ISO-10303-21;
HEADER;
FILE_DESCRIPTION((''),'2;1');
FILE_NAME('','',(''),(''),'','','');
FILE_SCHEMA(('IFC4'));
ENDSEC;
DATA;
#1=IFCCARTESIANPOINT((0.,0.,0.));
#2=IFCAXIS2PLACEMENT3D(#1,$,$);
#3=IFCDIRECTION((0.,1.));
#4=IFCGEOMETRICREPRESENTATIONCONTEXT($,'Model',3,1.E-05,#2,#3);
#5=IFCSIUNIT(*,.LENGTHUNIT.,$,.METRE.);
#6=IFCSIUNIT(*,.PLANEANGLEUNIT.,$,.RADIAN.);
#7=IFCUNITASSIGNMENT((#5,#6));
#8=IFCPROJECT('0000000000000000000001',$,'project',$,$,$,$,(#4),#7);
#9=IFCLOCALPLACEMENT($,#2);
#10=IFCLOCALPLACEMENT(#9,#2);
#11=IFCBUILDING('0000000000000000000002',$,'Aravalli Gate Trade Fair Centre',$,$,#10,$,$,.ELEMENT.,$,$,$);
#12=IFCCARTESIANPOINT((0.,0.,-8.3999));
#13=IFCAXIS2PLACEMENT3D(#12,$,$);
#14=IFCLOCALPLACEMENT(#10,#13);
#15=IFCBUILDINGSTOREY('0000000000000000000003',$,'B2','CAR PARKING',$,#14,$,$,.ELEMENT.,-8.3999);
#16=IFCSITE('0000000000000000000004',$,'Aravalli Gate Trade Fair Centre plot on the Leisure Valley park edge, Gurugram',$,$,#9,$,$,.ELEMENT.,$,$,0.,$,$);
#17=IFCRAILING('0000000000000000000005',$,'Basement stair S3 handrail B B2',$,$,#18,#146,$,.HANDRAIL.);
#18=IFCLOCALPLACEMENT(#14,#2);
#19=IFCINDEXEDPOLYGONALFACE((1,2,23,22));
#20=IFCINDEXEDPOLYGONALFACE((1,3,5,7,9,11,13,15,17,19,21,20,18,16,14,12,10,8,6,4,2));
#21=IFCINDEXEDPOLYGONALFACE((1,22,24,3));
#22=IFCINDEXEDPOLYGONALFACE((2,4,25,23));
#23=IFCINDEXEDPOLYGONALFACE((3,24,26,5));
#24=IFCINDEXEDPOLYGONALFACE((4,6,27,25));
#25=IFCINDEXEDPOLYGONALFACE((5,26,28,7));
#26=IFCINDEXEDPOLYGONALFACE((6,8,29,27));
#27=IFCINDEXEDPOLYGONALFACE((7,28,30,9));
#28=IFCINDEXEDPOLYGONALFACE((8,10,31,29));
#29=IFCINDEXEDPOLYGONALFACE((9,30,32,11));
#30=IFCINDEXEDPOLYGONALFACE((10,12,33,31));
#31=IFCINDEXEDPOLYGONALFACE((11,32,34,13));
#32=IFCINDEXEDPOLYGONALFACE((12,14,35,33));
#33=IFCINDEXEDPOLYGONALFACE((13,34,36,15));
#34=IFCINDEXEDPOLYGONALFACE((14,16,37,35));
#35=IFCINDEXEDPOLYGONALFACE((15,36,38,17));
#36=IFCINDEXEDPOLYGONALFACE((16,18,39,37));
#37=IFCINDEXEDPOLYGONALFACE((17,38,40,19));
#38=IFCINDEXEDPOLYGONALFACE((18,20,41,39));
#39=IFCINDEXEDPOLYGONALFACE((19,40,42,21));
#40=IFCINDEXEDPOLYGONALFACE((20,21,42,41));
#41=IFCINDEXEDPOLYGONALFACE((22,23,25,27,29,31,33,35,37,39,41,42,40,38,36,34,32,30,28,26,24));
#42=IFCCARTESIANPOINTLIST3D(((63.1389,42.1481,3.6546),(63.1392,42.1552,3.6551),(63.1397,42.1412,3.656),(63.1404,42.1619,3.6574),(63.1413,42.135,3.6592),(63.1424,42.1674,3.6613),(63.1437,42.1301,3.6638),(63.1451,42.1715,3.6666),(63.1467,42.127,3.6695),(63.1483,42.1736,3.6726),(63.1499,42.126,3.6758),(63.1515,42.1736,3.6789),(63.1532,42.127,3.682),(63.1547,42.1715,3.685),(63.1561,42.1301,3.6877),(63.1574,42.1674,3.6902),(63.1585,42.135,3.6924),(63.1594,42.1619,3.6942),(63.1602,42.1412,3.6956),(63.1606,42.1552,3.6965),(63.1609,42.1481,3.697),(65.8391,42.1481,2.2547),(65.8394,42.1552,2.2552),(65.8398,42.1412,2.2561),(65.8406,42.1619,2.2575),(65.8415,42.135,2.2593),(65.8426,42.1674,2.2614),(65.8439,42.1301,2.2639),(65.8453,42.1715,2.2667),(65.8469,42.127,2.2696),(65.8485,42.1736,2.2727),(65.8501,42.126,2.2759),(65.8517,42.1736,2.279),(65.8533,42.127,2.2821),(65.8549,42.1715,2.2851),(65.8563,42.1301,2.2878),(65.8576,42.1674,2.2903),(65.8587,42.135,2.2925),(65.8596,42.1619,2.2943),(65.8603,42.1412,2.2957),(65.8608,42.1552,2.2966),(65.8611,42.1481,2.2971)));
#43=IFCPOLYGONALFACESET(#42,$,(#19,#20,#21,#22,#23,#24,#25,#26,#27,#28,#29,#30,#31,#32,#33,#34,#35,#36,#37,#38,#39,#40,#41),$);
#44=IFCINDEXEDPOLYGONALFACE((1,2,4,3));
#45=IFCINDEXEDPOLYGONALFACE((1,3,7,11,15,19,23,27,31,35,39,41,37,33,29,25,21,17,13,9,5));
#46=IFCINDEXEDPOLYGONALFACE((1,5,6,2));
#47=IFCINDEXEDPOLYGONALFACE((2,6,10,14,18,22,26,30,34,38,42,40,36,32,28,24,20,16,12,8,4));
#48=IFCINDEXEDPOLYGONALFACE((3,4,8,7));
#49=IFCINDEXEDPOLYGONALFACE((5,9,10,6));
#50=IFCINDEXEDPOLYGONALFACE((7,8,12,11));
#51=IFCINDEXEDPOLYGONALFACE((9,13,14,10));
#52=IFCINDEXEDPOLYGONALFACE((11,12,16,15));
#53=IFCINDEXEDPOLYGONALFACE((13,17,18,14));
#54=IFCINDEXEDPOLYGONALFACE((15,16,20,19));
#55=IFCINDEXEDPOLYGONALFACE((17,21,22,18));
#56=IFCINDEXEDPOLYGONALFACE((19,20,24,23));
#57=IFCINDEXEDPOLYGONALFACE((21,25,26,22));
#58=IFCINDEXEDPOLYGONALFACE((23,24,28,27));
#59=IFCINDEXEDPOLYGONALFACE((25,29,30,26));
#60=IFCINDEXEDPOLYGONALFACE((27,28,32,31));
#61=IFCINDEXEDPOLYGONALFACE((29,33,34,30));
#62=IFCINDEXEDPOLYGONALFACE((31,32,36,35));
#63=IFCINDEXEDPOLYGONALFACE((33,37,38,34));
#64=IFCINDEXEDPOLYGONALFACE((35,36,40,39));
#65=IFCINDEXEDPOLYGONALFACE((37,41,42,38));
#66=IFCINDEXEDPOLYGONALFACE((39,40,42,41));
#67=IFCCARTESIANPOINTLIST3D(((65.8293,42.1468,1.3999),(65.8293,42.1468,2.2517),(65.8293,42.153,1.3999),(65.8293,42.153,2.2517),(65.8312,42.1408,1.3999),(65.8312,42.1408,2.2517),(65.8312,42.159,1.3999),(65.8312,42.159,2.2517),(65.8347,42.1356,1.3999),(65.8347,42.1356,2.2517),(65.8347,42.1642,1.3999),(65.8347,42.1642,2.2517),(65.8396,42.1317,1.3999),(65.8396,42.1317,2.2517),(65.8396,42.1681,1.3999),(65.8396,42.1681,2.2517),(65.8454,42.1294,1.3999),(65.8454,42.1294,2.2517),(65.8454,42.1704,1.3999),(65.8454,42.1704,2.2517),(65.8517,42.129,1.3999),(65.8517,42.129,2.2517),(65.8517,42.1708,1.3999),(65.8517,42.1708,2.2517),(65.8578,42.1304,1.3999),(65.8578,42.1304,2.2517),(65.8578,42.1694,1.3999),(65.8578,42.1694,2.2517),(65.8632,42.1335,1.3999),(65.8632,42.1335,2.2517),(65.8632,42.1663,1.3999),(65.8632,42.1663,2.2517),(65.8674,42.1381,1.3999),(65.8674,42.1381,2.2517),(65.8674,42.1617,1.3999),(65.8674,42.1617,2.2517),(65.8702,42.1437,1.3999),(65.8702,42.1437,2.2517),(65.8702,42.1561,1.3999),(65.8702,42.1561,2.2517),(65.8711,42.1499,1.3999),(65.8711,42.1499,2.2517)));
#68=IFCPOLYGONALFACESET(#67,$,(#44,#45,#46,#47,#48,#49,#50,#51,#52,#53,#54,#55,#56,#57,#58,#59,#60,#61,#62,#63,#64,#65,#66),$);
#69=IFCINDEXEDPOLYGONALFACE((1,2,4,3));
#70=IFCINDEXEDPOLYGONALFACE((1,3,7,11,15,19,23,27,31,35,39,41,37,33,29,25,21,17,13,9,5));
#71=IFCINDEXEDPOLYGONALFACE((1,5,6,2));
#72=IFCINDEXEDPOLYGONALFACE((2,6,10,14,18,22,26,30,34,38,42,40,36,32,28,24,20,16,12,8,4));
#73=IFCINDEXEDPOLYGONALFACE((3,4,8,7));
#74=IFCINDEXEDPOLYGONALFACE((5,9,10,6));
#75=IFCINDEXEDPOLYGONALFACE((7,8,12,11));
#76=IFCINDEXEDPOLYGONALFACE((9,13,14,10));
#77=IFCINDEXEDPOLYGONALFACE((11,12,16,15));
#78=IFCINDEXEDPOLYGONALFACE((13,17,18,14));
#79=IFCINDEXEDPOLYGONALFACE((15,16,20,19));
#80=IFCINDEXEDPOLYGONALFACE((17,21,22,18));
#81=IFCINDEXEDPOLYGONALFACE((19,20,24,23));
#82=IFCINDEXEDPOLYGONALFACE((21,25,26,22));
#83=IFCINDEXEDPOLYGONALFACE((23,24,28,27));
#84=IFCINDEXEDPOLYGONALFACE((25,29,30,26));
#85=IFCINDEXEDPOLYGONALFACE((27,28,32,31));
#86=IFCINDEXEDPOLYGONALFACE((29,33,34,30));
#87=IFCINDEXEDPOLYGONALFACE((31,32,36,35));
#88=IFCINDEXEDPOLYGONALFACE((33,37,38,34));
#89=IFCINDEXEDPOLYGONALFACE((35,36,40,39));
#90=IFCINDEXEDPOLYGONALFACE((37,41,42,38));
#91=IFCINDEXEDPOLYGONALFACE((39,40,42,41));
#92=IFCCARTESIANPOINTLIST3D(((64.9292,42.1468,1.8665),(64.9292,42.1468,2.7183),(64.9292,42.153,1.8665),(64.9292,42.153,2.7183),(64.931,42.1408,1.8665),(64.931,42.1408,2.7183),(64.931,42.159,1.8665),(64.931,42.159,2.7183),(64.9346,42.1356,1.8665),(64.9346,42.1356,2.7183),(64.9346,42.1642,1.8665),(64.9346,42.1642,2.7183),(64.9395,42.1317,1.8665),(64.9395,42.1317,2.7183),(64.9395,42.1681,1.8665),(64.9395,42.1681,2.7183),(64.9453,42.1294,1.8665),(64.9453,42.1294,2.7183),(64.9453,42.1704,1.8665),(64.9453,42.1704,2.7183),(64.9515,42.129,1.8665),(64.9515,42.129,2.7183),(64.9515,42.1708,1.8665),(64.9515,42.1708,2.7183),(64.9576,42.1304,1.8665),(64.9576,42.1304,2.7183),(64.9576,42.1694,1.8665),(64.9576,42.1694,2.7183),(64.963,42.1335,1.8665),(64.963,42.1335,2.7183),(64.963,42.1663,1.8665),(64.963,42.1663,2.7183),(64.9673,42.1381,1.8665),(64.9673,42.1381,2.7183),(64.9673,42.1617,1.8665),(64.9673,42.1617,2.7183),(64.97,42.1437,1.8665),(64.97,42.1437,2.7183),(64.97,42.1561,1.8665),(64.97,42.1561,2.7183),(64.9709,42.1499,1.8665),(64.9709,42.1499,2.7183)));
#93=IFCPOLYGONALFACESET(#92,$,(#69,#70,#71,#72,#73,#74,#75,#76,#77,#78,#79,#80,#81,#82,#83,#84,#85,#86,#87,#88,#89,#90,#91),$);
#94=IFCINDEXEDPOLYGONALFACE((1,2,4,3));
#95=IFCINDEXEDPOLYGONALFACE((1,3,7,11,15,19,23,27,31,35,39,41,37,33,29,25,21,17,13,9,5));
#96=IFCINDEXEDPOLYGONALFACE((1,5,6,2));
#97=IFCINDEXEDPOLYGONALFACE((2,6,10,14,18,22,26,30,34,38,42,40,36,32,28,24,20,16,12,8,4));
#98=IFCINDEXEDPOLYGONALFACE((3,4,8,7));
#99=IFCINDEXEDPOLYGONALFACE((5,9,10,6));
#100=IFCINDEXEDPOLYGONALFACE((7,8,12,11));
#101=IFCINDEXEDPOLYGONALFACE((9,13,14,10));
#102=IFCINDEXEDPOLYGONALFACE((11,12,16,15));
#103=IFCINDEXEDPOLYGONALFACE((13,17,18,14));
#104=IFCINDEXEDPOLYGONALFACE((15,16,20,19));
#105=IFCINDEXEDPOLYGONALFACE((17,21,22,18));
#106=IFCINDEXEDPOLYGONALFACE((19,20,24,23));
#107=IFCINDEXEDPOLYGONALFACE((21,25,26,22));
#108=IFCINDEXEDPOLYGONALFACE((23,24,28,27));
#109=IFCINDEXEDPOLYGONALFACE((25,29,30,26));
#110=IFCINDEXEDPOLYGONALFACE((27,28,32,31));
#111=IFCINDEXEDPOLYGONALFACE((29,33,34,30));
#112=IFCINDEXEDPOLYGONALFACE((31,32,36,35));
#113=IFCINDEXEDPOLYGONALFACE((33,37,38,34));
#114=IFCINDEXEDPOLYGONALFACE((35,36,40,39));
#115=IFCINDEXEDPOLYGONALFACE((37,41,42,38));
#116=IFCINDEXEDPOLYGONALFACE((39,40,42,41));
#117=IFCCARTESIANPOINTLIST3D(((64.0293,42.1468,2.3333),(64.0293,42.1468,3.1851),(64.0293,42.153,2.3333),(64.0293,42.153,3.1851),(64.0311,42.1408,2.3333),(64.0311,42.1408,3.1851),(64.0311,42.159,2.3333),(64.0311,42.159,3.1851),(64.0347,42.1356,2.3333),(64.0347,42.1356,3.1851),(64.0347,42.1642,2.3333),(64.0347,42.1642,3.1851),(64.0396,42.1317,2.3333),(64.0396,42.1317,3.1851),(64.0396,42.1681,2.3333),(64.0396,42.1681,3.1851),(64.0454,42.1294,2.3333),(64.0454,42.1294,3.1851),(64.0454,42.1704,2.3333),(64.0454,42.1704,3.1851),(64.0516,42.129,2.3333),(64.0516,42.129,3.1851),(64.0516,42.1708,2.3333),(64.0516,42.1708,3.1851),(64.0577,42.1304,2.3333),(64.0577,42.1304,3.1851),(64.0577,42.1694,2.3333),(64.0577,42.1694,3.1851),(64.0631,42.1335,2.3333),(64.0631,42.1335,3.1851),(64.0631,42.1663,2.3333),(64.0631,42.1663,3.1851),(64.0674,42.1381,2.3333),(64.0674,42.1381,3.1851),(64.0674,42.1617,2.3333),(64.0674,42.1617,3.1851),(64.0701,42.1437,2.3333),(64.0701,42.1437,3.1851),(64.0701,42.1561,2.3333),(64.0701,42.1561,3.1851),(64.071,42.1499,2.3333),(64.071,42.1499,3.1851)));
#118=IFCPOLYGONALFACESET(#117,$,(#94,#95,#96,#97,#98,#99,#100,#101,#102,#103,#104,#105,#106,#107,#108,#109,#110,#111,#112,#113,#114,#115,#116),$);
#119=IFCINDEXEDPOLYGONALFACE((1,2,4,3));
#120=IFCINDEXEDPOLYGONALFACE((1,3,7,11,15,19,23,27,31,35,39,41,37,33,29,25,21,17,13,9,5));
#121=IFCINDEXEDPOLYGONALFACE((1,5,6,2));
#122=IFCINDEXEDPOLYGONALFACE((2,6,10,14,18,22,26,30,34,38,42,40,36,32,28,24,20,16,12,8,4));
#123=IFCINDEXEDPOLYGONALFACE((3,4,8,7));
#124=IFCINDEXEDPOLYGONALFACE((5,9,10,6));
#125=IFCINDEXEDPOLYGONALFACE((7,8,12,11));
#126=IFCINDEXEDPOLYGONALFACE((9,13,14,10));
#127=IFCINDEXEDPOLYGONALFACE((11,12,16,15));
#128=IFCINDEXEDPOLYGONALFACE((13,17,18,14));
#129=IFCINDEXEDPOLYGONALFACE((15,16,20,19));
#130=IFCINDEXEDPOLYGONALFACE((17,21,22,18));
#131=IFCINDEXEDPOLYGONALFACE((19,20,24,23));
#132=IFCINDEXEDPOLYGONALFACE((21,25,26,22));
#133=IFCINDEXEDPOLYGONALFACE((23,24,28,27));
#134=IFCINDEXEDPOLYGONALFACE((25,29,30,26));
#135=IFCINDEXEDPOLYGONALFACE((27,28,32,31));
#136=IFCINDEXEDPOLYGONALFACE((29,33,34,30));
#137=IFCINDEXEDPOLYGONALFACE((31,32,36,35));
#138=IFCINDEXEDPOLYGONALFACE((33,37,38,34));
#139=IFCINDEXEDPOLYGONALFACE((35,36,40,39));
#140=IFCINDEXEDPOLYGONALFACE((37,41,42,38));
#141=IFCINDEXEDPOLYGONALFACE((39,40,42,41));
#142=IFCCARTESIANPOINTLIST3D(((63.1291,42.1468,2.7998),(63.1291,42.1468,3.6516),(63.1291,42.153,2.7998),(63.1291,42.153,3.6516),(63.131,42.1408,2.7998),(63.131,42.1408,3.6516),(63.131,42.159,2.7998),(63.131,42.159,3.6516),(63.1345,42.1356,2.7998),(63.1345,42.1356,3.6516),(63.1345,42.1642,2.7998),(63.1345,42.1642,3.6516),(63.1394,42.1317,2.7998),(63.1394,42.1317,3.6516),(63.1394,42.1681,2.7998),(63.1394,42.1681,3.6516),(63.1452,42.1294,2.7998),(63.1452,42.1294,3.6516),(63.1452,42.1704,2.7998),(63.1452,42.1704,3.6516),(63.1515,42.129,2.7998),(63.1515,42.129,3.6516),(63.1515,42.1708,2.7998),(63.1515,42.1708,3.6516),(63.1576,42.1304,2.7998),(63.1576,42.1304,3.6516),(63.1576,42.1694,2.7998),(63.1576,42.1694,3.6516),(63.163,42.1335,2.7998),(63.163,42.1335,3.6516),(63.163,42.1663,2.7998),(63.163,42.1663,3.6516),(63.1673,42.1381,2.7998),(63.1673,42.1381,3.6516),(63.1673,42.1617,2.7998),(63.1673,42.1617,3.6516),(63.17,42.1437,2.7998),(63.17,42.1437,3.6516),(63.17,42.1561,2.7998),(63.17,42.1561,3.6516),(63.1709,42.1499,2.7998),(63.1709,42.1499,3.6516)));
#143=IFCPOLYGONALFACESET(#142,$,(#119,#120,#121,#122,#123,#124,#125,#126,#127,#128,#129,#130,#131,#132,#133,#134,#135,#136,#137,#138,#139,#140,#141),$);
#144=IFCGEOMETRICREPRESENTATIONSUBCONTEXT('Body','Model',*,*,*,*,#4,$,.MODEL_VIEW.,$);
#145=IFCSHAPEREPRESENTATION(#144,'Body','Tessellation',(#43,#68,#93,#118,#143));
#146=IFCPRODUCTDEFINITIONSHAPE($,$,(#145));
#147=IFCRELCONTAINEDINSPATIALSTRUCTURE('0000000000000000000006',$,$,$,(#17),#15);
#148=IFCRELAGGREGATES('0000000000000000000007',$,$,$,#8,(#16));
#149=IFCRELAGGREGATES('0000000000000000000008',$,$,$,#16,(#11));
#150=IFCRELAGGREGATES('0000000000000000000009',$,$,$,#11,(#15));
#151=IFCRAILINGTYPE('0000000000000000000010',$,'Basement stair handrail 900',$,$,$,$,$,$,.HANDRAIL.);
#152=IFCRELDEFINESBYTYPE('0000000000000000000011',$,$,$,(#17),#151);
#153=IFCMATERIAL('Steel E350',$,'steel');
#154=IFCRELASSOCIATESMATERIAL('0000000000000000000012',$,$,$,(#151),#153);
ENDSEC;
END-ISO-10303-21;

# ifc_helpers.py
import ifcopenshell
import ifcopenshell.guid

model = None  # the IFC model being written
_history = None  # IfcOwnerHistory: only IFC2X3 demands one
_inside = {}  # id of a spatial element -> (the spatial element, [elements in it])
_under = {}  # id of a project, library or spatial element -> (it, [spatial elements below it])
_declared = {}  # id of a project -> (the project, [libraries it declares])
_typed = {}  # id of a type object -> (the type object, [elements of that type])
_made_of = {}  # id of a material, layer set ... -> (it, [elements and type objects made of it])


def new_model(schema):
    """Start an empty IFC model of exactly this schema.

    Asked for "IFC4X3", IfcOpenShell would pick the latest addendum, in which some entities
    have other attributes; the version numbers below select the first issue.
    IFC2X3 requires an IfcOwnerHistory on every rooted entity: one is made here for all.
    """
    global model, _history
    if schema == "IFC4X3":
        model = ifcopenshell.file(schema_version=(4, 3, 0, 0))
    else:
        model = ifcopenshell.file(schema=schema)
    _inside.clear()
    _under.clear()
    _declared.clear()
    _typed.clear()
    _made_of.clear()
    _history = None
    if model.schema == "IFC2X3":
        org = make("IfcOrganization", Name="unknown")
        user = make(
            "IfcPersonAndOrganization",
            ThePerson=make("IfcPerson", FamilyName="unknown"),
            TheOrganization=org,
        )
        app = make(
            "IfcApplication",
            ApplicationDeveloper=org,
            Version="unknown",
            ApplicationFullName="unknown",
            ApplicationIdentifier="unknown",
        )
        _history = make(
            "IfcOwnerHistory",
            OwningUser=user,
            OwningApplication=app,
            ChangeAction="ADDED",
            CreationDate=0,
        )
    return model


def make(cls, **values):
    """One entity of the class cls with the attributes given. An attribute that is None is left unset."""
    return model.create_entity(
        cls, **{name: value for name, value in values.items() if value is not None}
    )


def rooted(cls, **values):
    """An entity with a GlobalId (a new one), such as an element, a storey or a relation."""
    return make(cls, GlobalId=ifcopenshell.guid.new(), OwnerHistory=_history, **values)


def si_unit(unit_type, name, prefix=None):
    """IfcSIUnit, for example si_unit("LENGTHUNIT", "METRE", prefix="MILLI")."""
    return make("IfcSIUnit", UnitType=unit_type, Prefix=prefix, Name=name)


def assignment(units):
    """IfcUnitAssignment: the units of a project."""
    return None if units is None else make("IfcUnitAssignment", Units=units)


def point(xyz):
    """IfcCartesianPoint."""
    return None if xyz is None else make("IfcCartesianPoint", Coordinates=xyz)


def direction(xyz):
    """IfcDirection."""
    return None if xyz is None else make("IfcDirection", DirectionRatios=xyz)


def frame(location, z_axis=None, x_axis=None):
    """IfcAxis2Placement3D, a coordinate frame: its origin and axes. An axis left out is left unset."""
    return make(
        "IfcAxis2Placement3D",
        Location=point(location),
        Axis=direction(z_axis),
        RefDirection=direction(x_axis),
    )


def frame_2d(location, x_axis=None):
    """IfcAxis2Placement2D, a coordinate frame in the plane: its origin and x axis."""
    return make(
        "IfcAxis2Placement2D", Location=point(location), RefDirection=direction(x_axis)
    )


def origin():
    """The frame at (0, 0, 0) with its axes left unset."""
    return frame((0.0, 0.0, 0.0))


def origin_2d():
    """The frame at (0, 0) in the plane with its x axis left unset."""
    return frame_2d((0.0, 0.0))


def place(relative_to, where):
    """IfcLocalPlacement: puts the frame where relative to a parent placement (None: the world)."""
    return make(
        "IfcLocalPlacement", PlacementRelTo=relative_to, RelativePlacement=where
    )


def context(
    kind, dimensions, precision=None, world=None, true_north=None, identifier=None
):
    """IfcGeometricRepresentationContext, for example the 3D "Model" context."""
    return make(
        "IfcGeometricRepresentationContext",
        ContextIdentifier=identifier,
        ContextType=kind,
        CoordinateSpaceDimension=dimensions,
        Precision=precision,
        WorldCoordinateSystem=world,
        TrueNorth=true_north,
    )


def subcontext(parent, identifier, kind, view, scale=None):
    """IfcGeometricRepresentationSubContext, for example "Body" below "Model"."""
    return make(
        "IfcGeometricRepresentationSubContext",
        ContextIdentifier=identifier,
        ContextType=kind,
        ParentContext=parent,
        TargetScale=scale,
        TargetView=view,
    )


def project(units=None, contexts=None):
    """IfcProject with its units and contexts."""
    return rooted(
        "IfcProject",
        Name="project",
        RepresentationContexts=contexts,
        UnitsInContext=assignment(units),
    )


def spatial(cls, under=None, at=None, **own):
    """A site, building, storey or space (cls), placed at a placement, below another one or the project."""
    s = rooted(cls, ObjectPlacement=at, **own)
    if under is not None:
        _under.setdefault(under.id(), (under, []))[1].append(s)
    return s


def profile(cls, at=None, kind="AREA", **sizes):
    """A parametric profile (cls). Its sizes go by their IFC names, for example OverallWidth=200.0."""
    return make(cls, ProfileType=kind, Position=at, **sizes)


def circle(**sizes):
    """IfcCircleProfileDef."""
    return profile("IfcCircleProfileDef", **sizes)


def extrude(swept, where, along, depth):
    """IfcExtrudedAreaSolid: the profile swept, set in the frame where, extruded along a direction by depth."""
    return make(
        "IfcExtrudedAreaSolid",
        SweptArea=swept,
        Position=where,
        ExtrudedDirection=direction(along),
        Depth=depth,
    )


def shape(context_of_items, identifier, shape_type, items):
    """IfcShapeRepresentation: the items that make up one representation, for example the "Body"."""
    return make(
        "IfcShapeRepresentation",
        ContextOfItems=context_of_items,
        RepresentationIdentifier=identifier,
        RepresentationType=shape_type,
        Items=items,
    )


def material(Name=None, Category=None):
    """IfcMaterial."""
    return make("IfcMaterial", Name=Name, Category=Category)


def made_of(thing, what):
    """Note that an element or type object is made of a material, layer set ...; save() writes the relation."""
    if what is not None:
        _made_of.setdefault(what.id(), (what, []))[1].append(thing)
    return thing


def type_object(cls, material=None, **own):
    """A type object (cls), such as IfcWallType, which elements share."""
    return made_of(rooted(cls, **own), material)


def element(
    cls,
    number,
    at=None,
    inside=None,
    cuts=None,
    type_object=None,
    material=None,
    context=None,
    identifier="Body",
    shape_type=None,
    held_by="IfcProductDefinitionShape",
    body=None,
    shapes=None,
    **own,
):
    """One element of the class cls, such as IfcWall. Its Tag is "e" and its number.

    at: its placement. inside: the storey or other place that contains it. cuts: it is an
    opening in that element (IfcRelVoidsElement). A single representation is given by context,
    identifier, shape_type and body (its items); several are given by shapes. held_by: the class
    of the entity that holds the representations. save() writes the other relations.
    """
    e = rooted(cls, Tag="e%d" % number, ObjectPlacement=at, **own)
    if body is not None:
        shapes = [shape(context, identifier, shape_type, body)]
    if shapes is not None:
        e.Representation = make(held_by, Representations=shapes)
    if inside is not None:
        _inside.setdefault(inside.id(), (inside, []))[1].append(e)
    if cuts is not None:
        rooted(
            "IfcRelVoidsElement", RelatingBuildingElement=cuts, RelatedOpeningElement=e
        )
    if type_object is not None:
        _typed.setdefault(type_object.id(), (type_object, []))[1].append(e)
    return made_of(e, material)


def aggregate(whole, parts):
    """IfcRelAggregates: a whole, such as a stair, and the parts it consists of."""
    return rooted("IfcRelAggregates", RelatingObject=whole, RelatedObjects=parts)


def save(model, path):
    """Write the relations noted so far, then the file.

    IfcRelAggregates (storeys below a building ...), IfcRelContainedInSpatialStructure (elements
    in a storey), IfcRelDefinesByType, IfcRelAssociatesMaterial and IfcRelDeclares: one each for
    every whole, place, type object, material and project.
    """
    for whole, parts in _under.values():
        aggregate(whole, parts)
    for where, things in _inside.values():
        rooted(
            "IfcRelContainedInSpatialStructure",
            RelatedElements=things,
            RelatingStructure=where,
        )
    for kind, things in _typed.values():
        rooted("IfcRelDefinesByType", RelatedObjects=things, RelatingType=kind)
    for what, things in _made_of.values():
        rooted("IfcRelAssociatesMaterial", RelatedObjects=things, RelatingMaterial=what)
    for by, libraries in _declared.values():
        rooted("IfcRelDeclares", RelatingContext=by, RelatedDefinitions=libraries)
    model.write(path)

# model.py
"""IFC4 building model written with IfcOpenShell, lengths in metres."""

from ifc_helpers import new_model, si_unit, direction, frame, origin, origin_2d, place, context, subcontext, project, spatial, circle, extrude, material, type_object, element, save


model = new_model("IFC4")

# Units and contexts
model_context = context("Model", 3, precision=1e-05, world=origin(), true_north=direction((0.0, 1.0)))
body_context = subcontext(model_context, "Body", "Model", "MODEL_VIEW")
ifc_project = project(units=[si_unit("LENGTHUNIT", "METRE"), si_unit("PLANEANGLEUNIT", "RADIAN")], contexts=[model_context])

# Site, building, storey
site_placement = place(None, origin())
site = spatial("IfcSite", under=ifc_project, at=site_placement, Name="Aravalli Gate Trade Fair Centre plot on the Leisure Valley park edge, Gurugram", CompositionType="ELEMENT", RefElevation=0.0)
building_placement = place(site_placement, origin())
building = spatial("IfcBuilding", under=site, at=building_placement, Name="Aravalli Gate Trade Fair Centre", CompositionType="ELEMENT")
storey_placement = place(building_placement, frame((0.0, 0.0, -8.3999)))
storey = spatial("IfcBuildingStorey", under=building, at=storey_placement, Name="B2", Description="CAR PARKING", CompositionType="ELEMENT", Elevation=-8.3999)

# Railing
ifc_material_1 = material(Name="Steel E350", Category="steel")
railing_type_1 = type_object("IfcRailingType", Name="Basement stair handrail 900", PredefinedType="HANDRAIL", material=ifc_material_1)
railing_1_placement = place(storey_placement, frame((65.8501, 42.1499, 1.3999)))
element("IfcRailing", 1, at=railing_1_placement, inside=storey, type_object=railing_type_1, Name="Basement stair S3 handrail B B2", PredefinedType="HANDRAIL", context=body_context, shape_type="SweptSolid", body=[
    extrude(circle(Radius=0.0239, at=origin_2d()), frame((0.0, 0.0, 0.876), z_axis=(-0.887781, 0.0, 0.460266), x_axis=(0.0, -1.0, 0.0)), (0.0, 0.0, 1.0), 3.0415),
    extrude(circle(Radius=0.021, at=origin_2d()), origin(), (0.0, 0.0, 1.0), 0.8518),
    extrude(circle(Radius=0.021, at=origin_2d()), frame((-0.9001, 0.0, 0.4666)), (0.0, 0.0, 1.0), 0.8518),
    extrude(circle(Radius=0.021, at=origin_2d()), frame((-1.8, 0.0, 0.9333)), (0.0, 0.0, 1.0), 0.8518),
    extrude(circle(Radius=0.021, at=origin_2d()), frame((-2.7002, 0.0, 1.3999)), (0.0, 0.0, 1.0), 0.8518),
])

save(model, "model.ifc")
